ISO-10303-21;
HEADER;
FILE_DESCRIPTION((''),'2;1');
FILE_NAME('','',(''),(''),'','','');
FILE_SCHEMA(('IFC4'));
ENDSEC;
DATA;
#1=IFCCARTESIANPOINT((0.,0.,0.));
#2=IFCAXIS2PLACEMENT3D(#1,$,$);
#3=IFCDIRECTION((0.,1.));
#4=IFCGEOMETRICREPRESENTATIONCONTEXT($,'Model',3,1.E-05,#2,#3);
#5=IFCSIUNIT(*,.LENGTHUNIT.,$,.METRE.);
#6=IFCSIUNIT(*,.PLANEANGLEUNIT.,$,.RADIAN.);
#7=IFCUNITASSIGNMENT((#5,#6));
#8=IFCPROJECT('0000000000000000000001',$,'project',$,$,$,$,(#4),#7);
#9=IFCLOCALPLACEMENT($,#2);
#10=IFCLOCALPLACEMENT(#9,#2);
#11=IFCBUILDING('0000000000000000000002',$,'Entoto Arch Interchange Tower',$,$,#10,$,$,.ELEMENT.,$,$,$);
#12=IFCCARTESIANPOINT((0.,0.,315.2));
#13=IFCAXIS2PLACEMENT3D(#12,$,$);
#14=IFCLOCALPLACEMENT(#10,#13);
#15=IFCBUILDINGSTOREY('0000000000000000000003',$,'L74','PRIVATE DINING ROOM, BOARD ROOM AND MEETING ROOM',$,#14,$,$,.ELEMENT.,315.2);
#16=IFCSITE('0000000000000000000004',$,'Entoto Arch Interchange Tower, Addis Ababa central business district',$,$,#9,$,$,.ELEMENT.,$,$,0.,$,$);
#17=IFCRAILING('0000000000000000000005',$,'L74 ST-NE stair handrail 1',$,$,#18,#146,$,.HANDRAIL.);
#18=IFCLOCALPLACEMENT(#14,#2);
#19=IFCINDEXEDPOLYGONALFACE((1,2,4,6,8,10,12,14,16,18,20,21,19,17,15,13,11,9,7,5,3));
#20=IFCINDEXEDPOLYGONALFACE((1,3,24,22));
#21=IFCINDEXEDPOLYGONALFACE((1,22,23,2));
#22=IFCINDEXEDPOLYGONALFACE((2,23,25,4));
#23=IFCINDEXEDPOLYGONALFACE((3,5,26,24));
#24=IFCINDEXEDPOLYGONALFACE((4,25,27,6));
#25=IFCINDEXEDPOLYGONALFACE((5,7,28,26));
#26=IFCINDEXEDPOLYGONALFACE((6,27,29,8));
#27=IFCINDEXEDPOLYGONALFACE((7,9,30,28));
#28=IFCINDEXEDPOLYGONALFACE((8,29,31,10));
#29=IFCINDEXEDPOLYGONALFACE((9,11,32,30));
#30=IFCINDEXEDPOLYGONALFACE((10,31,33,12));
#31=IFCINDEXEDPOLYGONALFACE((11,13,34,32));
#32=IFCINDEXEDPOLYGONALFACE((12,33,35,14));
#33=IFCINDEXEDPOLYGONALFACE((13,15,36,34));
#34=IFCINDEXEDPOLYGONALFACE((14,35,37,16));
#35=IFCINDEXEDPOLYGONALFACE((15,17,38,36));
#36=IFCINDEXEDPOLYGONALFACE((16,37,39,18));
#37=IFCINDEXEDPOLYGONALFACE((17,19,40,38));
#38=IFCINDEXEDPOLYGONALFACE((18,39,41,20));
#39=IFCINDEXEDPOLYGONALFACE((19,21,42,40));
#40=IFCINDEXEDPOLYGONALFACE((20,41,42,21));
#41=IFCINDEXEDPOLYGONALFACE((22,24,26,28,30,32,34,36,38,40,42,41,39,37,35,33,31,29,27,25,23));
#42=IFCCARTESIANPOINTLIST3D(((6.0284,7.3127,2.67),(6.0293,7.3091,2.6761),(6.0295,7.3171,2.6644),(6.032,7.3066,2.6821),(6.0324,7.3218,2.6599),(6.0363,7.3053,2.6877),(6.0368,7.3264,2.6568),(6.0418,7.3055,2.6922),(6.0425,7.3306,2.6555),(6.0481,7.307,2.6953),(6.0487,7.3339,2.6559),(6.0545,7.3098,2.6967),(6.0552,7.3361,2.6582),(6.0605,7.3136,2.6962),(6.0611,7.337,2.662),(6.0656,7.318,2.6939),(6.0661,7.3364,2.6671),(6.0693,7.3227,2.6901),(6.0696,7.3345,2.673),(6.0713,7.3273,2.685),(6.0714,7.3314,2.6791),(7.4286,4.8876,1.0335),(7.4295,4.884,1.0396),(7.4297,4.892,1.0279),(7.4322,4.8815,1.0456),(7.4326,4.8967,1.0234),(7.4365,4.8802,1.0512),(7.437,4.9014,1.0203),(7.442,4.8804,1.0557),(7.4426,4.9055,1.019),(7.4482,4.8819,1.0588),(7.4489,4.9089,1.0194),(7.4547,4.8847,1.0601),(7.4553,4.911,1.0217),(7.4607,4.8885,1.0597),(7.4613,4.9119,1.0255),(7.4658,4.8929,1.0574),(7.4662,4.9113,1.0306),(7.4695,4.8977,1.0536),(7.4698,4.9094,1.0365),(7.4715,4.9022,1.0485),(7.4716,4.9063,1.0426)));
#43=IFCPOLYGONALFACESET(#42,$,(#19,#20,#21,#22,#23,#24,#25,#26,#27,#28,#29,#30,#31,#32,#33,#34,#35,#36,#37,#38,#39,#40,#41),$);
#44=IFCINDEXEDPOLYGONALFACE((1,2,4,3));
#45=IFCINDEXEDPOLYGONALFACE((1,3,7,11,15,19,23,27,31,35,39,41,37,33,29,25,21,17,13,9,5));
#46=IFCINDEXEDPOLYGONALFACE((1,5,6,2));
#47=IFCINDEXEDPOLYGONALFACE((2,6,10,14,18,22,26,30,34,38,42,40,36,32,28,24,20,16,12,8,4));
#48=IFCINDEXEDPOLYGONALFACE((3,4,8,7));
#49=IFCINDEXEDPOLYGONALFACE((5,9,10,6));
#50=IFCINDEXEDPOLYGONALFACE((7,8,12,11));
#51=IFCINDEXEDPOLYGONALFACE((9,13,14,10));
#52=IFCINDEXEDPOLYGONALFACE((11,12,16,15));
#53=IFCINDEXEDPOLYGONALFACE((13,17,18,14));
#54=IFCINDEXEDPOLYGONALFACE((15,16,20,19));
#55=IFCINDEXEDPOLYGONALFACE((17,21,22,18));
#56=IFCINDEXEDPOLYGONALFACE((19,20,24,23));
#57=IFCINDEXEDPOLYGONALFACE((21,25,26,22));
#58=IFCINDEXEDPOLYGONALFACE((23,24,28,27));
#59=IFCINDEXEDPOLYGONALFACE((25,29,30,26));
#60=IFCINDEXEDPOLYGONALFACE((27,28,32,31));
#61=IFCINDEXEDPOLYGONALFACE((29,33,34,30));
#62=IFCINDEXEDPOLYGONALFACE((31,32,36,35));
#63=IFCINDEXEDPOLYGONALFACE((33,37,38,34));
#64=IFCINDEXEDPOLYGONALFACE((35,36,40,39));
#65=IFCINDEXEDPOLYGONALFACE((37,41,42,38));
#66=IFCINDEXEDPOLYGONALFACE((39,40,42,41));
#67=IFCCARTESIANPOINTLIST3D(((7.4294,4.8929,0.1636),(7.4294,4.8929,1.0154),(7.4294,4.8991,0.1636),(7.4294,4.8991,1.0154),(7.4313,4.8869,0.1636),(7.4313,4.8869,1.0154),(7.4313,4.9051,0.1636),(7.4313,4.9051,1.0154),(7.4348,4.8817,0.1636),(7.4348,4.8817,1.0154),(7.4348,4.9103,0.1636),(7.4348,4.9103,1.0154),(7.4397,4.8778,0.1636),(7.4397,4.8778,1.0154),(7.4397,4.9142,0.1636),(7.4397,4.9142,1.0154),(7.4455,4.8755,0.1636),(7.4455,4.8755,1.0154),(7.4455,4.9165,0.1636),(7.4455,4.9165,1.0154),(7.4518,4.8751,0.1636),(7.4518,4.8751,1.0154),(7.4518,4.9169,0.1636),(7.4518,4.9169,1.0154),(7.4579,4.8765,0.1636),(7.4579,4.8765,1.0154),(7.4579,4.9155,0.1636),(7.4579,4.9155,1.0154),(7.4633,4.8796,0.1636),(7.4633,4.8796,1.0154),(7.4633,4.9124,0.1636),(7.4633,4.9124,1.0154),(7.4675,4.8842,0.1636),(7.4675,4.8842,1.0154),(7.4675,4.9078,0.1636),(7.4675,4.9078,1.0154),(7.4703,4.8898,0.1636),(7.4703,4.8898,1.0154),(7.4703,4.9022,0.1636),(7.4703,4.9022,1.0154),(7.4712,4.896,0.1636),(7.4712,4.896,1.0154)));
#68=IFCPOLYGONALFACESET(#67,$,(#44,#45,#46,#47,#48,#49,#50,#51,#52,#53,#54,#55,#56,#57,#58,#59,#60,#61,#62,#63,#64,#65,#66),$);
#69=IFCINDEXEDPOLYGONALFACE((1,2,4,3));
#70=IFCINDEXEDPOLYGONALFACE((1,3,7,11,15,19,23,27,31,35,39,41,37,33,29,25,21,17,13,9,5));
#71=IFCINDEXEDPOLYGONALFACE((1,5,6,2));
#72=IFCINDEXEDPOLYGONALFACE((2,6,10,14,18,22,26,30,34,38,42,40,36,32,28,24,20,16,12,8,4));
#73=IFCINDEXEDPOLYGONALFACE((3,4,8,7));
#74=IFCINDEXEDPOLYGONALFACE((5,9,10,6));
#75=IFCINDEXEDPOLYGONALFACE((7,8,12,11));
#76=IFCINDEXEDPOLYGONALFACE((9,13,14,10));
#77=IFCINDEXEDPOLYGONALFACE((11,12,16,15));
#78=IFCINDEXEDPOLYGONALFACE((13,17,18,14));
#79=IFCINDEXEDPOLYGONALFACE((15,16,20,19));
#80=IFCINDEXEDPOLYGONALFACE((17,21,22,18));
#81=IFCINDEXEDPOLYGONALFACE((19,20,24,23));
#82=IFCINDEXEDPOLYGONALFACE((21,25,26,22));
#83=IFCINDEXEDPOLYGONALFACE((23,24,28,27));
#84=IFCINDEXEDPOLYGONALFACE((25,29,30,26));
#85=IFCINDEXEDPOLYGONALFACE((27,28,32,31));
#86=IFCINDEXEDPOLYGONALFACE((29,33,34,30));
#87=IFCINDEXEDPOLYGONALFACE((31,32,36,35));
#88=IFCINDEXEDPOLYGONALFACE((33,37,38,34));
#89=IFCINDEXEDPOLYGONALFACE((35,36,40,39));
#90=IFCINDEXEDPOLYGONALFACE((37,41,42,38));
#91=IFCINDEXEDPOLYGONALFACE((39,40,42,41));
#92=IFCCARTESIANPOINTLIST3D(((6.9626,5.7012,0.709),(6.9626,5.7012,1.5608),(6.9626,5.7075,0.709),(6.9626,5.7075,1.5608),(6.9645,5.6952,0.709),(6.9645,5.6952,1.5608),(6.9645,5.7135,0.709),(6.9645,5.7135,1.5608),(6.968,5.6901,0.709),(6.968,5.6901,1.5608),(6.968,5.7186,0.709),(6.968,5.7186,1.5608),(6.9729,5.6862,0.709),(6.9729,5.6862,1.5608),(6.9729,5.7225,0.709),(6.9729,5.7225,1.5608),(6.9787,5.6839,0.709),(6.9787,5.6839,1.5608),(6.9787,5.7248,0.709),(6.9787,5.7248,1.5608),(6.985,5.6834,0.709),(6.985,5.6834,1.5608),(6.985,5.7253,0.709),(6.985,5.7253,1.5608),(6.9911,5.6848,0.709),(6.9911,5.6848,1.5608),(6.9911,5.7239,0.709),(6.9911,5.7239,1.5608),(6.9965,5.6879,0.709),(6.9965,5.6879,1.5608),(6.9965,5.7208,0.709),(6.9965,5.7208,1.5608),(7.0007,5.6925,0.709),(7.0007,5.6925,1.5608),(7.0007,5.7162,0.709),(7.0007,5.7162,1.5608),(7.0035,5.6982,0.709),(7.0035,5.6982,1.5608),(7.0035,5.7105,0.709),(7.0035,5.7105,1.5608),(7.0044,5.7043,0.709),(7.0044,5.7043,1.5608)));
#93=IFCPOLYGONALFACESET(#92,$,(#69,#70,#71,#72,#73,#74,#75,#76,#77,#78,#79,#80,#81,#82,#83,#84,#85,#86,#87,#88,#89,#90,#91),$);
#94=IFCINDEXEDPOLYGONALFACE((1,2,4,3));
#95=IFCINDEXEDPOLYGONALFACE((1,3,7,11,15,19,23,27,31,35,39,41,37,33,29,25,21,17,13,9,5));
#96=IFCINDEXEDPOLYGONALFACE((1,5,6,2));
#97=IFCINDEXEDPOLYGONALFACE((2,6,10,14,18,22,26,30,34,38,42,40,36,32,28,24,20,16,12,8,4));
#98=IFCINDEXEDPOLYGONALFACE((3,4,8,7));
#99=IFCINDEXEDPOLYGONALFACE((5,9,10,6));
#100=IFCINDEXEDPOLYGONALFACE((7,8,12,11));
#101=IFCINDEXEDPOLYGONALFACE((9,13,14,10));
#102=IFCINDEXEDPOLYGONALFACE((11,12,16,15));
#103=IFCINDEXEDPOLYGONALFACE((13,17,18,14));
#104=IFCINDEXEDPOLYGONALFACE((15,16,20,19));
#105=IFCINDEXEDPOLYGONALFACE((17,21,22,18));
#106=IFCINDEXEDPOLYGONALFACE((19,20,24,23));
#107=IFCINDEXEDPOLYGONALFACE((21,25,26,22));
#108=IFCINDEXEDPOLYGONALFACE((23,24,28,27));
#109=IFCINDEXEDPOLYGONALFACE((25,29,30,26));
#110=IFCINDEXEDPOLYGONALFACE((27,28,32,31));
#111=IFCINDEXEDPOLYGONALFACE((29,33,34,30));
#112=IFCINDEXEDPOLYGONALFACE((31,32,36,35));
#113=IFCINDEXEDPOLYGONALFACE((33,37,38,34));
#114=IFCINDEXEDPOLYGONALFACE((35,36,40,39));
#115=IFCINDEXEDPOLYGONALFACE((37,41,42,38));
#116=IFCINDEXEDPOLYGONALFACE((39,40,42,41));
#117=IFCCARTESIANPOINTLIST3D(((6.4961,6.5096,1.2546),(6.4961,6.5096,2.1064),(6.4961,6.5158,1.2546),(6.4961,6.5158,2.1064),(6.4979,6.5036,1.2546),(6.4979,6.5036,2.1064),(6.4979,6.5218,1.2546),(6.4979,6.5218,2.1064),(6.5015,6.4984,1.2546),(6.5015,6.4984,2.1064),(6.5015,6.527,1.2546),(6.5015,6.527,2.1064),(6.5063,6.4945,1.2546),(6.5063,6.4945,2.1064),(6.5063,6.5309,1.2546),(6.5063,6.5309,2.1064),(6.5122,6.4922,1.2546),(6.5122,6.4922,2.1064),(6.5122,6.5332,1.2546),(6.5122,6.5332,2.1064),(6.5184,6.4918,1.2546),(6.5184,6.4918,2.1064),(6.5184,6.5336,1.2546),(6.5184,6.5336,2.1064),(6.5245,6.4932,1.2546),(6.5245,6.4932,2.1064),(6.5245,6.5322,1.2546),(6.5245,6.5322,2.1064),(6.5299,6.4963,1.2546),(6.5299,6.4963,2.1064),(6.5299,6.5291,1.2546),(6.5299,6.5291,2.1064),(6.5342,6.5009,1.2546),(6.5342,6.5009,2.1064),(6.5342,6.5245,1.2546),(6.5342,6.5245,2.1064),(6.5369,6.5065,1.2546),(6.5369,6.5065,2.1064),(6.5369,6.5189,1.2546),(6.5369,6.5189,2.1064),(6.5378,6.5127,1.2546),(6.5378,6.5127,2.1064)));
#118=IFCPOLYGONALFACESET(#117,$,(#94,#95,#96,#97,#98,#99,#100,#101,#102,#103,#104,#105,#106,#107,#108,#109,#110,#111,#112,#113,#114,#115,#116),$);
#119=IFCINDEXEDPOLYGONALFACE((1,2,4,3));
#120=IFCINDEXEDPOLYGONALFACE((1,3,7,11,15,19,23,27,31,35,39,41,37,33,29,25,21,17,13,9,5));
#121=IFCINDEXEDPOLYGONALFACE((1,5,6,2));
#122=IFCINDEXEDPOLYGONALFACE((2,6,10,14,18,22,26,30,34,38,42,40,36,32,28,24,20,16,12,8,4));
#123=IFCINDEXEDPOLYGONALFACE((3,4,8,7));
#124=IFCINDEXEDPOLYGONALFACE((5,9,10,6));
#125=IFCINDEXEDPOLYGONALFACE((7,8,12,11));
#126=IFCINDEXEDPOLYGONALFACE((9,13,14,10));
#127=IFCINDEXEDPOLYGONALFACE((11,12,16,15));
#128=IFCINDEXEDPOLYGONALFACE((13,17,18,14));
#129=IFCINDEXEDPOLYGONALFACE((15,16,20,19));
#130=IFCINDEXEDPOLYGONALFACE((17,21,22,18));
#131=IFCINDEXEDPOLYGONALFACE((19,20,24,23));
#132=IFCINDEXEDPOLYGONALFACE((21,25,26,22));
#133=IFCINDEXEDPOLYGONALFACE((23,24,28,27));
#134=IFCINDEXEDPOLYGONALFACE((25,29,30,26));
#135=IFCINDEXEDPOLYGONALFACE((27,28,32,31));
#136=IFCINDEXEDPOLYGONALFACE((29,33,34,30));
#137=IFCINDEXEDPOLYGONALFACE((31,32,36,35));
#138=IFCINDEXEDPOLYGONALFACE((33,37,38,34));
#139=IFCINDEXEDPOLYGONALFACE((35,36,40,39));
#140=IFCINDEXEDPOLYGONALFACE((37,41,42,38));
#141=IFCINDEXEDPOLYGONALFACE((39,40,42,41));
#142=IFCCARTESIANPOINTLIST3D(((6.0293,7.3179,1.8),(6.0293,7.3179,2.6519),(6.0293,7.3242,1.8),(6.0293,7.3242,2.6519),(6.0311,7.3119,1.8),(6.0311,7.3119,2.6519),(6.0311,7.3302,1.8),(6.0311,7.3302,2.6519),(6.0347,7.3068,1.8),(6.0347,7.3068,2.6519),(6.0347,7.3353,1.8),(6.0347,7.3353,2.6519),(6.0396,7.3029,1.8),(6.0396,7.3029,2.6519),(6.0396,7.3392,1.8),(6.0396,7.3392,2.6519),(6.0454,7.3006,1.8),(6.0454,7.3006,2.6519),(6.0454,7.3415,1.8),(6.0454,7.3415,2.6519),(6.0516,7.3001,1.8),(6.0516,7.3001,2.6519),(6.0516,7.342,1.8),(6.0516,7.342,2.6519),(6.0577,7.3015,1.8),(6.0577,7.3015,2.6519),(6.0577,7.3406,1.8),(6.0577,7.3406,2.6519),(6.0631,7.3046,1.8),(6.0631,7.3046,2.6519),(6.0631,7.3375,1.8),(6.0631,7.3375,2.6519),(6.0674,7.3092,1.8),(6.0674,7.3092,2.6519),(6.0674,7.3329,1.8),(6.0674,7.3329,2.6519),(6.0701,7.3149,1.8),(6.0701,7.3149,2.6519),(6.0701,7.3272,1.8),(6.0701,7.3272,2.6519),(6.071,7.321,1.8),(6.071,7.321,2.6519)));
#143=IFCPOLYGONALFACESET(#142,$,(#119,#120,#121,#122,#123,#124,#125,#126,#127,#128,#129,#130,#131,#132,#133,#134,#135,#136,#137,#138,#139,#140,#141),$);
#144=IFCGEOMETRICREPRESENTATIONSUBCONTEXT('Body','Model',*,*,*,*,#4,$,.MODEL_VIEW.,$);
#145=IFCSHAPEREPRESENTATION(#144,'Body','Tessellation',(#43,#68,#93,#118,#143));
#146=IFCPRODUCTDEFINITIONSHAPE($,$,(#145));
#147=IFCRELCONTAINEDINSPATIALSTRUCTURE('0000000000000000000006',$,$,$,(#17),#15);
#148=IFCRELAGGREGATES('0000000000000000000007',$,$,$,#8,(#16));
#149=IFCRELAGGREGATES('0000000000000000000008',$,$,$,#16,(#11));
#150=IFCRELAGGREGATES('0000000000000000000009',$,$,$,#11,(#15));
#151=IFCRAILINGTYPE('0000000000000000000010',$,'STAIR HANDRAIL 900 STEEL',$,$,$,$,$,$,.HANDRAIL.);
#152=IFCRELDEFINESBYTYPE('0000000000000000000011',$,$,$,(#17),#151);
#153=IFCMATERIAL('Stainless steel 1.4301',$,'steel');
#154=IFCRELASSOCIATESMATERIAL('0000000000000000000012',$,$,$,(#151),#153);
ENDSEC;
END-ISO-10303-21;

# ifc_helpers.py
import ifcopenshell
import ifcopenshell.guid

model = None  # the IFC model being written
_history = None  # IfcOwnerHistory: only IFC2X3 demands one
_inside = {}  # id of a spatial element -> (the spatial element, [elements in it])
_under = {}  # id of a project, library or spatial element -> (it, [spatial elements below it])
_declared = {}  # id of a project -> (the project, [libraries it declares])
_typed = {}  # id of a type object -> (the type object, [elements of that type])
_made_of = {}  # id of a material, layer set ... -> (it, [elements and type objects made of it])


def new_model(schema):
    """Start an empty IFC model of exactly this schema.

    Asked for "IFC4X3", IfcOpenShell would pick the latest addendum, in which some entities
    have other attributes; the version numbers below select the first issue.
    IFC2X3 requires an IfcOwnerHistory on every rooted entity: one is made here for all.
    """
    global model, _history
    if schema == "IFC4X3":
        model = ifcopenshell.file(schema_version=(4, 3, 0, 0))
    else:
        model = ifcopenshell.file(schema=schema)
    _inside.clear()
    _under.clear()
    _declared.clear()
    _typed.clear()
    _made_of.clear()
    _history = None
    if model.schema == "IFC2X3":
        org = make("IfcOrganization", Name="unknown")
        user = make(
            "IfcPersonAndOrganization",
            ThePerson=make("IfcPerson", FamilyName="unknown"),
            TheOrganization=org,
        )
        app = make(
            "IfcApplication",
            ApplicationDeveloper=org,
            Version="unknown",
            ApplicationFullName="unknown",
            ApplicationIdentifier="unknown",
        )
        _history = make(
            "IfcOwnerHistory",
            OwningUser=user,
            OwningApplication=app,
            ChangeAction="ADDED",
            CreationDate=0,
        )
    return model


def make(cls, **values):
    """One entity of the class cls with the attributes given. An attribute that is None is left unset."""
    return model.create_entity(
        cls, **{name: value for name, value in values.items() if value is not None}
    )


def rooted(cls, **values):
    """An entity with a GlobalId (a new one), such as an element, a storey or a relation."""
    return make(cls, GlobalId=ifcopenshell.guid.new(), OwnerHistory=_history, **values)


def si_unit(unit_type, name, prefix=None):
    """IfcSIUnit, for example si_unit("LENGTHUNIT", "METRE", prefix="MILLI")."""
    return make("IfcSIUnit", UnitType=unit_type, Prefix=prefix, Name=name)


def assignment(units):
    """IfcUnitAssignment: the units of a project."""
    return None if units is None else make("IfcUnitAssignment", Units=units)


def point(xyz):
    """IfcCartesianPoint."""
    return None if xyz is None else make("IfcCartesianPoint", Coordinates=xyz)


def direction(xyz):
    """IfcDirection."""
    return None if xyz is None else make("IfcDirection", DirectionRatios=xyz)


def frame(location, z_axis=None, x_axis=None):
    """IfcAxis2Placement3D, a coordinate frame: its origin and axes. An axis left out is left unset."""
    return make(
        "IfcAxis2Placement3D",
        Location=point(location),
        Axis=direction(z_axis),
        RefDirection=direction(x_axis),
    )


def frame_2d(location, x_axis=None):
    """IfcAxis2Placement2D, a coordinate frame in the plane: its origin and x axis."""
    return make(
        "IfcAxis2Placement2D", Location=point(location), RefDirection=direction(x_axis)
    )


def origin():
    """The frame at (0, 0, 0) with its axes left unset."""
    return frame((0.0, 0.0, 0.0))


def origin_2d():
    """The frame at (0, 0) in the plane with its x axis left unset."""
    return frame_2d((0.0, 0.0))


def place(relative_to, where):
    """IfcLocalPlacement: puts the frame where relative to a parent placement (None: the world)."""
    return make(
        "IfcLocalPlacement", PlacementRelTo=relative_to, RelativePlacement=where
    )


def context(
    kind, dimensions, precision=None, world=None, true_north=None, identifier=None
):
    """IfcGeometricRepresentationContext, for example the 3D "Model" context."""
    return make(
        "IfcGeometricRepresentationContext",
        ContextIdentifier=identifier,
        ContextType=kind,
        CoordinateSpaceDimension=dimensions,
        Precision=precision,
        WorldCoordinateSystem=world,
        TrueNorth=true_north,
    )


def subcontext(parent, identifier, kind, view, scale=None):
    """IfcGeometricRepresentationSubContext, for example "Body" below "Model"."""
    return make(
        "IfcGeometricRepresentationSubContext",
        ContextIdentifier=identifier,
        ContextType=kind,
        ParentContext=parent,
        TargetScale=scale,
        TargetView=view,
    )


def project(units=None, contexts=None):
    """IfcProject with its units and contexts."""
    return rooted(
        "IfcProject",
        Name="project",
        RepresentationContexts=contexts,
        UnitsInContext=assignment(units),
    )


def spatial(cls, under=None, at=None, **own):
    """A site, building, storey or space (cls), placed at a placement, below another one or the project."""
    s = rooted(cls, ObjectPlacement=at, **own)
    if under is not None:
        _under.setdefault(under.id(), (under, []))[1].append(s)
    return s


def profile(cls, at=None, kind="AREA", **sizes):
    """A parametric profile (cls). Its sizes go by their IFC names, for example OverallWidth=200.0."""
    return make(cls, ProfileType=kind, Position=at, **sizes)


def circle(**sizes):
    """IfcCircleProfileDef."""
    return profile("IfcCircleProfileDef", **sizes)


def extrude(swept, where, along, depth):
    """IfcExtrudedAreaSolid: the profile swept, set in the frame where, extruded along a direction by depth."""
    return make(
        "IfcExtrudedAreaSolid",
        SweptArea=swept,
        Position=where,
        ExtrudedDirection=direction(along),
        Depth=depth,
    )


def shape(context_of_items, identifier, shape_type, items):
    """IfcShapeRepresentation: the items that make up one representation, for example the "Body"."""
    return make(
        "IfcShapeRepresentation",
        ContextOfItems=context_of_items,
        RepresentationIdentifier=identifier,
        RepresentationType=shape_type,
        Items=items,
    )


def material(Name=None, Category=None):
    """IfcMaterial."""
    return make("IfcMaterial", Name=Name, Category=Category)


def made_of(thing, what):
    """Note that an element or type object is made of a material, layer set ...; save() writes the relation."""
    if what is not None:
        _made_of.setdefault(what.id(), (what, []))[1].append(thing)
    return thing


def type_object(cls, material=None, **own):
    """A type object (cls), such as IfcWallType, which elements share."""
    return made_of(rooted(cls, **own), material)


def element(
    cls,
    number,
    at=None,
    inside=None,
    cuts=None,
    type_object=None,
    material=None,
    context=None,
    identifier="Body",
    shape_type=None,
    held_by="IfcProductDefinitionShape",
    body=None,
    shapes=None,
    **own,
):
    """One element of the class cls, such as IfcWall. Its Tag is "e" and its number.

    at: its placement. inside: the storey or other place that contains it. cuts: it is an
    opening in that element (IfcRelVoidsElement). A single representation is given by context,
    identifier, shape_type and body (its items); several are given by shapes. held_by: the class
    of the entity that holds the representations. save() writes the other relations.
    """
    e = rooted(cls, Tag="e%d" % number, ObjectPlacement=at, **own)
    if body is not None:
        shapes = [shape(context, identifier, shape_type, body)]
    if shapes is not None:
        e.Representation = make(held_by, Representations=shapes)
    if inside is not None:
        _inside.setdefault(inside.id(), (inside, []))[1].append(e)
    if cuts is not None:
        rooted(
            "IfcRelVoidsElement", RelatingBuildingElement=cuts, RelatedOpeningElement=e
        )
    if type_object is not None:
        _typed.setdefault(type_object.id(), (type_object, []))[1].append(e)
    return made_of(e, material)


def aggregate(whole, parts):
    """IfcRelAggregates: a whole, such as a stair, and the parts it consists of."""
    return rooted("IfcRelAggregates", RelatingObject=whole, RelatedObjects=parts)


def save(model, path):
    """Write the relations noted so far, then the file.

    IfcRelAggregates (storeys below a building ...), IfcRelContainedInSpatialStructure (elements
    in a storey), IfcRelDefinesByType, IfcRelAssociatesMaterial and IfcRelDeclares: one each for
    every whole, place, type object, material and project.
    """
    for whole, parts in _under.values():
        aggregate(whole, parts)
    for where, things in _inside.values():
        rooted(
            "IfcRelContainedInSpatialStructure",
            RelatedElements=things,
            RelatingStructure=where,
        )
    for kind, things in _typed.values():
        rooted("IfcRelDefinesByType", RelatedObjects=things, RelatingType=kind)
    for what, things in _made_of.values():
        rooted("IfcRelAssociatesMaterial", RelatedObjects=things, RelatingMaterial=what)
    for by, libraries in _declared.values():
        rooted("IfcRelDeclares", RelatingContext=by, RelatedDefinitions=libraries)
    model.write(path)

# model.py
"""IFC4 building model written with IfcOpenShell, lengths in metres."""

from ifc_helpers import new_model, si_unit, direction, frame, origin, origin_2d, place, context, subcontext, project, spatial, circle, extrude, material, type_object, element, save


model = new_model("IFC4")

# Units and contexts
model_context = context("Model", 3, precision=1e-05, world=origin(), true_north=direction((0.0, 1.0)))
body_context = subcontext(model_context, "Body", "Model", "MODEL_VIEW")
ifc_project = project(units=[si_unit("LENGTHUNIT", "METRE"), si_unit("PLANEANGLEUNIT", "RADIAN")], contexts=[model_context])

# Site, building, storey
site_placement = place(None, origin())
site = spatial("IfcSite", under=ifc_project, at=site_placement, Name="Entoto Arch Interchange Tower, Addis Ababa central business district", CompositionType="ELEMENT", RefElevation=0.0)
building_placement = place(site_placement, origin())
building = spatial("IfcBuilding", under=site, at=building_placement, Name="Entoto Arch Interchange Tower", CompositionType="ELEMENT")
storey_placement = place(building_placement, frame((0.0, 0.0, 315.2)))
storey = spatial("IfcBuildingStorey", under=building, at=storey_placement, Name="L74", Description="PRIVATE DINING ROOM, BOARD ROOM AND MEETING ROOM", CompositionType="ELEMENT", Elevation=315.2)

# Railing
ifc_material_1 = material(Name="Stainless steel 1.4301", Category="steel")
railing_type_1 = type_object("IfcRailingType", Name="STAIR HANDRAIL 900 STEEL", PredefinedType="HANDRAIL", material=ifc_material_1)
railing_1_placement = place(storey_placement, frame((7.4502, 4.896, 0.1636)))
element("IfcRailing", 1, at=railing_1_placement, inside=storey, type_object=railing_type_1, Name="L74 ST-NE stair handrail 1", PredefinedType="HANDRAIL", context=body_context, shape_type="SweptSolid", body=[
    extrude(circle(Radius=0.0239, at=origin_2d()), frame((0.0, 0.0, 0.876), z_axis=(-0.431698, 0.747699, 0.504563), x_axis=(-0.866019, -0.500012, 0.0)), (0.0, 0.0, 1.0), 3.2434),
    extrude(circle(Radius=0.021, at=origin_2d()), origin(), (0.0, 0.0, 1.0), 0.8518),
    extrude(circle(Radius=0.021, at=origin_2d()), frame((-0.4668, 0.8083, 0.5454)), (0.0, 0.0, 1.0), 0.8518),
    extrude(circle(Radius=0.021, at=origin_2d()), frame((-0.9333, 1.6167, 1.0911)), (0.0, 0.0, 1.0), 0.8518),
    extrude(circle(Radius=0.021, at=origin_2d()), frame((-1.4001, 2.425, 1.6365)), (0.0, 0.0, 1.0), 0.8518),
])

save(model, "model.ifc")
